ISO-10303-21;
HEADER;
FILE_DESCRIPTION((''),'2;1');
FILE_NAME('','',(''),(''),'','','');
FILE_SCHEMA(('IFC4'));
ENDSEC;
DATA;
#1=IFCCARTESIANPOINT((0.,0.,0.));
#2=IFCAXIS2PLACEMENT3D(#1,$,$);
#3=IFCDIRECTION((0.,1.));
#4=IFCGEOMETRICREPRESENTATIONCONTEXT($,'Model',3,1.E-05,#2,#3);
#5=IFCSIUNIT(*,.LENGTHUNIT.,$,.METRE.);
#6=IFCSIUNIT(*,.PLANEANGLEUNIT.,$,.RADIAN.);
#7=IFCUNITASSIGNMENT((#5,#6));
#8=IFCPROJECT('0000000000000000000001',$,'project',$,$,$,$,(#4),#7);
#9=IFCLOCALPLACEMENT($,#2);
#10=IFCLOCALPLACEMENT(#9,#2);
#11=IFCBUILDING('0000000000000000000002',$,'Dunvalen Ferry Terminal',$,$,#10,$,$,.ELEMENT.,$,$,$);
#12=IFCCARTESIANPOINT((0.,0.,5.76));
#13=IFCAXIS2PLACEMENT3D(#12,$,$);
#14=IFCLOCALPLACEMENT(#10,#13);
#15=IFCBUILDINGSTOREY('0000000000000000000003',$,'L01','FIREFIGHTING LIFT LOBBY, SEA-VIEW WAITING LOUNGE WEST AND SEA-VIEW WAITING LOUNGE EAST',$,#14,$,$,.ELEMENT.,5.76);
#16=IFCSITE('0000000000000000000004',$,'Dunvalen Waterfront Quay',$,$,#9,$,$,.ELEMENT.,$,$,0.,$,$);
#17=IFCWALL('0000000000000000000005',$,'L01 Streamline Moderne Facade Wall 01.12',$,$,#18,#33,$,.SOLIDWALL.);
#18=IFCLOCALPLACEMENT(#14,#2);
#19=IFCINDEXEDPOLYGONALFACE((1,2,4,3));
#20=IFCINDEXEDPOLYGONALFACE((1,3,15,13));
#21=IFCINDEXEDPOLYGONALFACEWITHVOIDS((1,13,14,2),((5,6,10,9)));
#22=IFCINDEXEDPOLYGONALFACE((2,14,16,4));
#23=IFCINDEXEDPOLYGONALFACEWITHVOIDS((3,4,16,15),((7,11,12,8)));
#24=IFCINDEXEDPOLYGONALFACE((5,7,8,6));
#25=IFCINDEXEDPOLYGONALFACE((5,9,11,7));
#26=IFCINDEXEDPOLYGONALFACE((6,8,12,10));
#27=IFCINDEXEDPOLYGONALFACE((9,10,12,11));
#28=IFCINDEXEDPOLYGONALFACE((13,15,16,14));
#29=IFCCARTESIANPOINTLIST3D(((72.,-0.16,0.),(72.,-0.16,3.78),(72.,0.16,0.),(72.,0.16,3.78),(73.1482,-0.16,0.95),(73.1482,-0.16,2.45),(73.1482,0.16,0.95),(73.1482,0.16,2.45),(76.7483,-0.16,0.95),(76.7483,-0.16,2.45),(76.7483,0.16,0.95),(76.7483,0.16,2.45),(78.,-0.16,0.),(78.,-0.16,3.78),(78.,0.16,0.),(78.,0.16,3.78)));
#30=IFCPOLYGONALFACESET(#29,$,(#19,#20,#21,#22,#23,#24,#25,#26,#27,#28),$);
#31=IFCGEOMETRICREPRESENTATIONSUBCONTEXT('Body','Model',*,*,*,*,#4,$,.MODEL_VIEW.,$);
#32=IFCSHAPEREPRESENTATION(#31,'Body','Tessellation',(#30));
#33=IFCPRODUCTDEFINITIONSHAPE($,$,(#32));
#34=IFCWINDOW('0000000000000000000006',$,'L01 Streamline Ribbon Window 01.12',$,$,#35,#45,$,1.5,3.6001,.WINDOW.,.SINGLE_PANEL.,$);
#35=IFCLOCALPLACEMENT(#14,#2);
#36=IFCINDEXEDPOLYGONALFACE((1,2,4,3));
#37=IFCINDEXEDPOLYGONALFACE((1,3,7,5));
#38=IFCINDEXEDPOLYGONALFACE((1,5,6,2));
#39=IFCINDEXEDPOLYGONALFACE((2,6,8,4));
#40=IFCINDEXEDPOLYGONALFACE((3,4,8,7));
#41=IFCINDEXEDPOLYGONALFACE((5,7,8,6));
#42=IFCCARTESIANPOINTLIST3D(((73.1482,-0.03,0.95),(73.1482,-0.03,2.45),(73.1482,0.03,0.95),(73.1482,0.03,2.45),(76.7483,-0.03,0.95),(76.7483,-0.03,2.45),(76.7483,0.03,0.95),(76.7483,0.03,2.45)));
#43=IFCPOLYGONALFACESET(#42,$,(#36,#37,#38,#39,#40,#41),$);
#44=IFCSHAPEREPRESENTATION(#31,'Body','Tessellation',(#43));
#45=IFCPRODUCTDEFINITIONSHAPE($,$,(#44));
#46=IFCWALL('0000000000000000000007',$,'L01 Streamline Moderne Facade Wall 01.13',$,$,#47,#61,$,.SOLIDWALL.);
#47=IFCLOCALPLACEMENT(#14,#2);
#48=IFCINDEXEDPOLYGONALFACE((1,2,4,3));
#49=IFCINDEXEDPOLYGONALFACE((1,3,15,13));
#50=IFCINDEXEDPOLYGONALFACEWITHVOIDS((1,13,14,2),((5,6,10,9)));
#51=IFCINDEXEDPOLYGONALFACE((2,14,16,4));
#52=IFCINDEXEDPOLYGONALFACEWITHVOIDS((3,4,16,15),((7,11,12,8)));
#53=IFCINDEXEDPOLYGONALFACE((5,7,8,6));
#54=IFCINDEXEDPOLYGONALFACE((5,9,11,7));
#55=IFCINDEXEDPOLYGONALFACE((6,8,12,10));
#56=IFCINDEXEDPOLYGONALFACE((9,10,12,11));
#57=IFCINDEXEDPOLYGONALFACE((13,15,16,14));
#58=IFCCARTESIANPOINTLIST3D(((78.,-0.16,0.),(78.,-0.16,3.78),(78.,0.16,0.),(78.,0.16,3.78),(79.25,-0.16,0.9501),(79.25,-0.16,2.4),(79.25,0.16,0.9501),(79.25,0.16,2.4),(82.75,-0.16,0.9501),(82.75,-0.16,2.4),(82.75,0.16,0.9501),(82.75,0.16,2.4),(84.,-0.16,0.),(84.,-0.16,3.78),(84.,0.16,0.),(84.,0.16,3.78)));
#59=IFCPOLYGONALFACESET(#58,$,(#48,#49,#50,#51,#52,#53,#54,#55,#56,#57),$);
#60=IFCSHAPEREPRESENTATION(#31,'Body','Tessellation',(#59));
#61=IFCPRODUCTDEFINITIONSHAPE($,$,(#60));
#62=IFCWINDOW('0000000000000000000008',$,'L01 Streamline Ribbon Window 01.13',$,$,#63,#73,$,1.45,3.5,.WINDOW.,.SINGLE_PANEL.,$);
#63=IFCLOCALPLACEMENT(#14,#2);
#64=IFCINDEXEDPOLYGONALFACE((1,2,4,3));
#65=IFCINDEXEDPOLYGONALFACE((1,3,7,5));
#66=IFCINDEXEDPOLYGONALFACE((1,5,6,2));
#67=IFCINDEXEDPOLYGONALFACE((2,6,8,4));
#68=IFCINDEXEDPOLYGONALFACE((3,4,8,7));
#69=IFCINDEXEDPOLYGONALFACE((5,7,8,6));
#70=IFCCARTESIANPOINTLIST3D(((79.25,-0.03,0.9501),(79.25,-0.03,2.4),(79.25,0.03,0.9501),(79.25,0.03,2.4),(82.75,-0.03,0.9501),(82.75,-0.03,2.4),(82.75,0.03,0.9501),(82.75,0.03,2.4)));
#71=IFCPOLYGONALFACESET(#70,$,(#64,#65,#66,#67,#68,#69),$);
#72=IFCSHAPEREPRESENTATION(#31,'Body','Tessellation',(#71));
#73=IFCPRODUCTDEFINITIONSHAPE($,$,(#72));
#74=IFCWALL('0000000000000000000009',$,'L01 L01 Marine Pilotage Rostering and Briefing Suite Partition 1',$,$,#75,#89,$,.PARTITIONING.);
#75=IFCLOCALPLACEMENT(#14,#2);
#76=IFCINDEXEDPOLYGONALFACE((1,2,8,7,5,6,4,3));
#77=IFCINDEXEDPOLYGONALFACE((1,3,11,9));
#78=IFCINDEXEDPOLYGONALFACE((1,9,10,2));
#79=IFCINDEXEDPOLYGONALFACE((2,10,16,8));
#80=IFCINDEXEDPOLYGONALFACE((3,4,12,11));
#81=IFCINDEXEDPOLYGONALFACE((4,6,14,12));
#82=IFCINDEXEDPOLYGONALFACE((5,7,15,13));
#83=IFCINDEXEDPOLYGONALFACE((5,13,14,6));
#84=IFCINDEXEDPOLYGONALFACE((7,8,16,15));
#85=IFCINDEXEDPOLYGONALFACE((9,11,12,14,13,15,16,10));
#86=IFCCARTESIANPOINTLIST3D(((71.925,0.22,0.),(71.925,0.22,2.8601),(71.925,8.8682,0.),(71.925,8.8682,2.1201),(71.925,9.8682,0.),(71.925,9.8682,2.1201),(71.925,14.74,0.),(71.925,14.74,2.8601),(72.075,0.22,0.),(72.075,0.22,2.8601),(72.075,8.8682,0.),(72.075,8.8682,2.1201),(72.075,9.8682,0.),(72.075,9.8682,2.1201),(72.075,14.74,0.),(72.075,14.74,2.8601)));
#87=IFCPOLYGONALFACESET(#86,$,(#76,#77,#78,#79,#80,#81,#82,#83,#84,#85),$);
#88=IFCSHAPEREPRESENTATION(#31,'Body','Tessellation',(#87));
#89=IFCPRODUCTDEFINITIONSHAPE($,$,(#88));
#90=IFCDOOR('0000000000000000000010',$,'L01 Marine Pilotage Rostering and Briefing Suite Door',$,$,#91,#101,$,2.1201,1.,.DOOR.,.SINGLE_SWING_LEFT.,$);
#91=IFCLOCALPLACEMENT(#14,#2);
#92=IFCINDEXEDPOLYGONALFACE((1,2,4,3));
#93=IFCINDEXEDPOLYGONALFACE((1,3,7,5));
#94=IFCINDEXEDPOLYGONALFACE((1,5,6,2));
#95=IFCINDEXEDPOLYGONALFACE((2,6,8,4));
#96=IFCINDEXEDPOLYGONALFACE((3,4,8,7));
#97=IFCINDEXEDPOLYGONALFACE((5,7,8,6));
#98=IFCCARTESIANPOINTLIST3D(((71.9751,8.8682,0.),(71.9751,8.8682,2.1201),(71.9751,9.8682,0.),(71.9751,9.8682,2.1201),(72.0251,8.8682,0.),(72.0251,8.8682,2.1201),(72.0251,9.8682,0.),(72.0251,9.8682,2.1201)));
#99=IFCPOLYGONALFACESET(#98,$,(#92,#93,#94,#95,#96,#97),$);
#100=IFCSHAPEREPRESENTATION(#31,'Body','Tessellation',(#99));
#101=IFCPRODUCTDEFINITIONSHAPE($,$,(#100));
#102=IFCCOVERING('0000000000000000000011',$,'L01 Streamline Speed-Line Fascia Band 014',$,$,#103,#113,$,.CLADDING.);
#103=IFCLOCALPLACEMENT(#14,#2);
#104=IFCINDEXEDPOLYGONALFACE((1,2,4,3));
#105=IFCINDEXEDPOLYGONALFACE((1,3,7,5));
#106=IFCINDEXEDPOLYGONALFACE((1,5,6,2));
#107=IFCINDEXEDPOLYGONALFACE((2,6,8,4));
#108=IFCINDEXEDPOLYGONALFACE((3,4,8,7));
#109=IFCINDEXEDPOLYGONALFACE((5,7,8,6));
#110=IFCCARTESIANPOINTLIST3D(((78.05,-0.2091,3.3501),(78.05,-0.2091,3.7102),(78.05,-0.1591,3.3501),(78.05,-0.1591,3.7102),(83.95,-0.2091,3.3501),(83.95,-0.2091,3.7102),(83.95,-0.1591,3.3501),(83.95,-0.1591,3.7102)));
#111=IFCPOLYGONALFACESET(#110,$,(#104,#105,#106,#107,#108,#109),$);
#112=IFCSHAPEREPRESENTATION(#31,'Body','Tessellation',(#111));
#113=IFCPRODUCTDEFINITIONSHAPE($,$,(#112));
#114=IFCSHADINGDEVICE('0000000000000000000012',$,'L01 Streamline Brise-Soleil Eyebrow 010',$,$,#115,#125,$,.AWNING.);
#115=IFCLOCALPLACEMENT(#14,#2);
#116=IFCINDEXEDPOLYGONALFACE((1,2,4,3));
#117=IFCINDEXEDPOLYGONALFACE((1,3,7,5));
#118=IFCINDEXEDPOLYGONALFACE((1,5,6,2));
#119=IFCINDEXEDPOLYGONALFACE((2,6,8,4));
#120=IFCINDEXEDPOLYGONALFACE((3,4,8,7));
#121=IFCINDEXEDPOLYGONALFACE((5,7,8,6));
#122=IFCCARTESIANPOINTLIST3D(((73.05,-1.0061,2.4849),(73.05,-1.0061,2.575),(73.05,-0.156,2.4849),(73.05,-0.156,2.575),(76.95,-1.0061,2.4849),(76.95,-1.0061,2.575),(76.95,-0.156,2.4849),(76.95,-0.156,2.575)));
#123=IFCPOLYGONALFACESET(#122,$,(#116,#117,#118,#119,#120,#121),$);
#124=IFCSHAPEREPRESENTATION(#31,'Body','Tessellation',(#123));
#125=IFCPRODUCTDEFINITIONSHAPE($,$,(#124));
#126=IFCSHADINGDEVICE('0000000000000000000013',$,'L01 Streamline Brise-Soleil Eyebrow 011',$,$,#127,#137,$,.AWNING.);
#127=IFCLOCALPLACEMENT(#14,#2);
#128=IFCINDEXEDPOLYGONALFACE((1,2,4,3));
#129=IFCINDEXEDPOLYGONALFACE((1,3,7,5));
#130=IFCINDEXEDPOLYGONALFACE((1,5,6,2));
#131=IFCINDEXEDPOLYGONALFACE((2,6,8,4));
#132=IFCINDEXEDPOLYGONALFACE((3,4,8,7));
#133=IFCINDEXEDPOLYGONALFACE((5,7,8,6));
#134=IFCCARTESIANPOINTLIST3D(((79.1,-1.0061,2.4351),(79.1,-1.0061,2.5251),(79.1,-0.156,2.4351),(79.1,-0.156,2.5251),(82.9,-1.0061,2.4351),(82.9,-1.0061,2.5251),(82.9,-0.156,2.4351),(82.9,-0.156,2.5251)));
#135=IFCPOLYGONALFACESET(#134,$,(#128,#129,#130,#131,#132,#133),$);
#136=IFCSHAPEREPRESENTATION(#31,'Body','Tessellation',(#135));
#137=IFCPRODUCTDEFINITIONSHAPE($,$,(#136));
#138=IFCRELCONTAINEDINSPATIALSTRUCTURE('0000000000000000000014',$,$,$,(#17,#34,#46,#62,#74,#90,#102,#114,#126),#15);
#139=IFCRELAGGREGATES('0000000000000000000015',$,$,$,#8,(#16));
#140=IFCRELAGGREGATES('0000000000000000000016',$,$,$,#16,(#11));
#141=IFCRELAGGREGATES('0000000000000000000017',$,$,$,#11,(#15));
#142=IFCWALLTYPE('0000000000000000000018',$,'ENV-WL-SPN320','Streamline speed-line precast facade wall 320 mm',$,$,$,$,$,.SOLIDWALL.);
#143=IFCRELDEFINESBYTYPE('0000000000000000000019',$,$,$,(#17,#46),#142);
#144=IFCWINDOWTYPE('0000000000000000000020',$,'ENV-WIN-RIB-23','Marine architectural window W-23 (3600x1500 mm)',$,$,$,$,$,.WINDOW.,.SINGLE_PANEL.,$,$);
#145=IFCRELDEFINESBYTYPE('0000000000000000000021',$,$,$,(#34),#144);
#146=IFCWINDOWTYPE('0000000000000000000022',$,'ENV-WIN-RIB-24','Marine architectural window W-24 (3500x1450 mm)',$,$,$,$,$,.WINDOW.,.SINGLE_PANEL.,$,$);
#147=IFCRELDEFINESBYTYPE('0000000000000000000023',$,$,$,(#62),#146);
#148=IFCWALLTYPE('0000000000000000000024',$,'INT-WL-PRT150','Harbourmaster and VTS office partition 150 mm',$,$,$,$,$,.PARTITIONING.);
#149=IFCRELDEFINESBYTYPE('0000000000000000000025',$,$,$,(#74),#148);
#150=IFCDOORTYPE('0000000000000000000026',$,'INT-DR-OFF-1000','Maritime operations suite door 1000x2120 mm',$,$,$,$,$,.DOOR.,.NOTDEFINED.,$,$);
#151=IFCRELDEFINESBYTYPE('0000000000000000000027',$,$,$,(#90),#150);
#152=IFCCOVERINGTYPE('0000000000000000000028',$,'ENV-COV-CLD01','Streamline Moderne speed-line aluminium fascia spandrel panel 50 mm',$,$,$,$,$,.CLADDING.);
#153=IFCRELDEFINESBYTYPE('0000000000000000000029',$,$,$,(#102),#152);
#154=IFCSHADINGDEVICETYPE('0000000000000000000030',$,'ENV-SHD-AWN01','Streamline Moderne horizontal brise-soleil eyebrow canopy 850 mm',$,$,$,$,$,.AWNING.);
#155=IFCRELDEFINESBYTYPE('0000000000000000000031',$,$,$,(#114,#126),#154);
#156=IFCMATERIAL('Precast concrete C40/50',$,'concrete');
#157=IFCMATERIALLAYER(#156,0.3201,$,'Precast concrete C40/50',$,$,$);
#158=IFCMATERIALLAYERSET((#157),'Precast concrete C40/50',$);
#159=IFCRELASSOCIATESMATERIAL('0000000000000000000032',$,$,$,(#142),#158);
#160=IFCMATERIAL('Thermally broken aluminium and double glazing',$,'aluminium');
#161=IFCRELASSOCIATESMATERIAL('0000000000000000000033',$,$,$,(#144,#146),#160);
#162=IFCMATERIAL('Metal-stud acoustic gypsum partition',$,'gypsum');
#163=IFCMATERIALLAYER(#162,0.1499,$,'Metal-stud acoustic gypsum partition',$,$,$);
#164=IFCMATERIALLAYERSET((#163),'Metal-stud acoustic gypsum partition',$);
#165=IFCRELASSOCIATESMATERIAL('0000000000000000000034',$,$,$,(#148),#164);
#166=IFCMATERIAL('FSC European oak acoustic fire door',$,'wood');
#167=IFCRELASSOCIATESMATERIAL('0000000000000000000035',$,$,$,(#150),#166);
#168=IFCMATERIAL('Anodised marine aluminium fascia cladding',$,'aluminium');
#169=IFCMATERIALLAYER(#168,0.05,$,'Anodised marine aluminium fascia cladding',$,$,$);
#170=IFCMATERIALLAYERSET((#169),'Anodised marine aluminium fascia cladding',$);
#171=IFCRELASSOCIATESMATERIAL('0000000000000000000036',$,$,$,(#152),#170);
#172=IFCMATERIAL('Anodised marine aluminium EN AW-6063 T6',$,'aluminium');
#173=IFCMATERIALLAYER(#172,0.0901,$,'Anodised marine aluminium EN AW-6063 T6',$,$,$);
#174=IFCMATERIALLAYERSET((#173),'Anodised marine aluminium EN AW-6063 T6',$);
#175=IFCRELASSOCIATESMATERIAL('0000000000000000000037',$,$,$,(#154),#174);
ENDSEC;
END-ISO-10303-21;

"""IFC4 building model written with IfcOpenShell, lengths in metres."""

from ifc_helpers import new_model, si_unit, direction, frame, frame_2d, origin, origin_2d, place, context, subcontext, project, spatial, rectangle, extrude, material, layer, layer_set, type_object, element, fill, save


model = new_model("IFC4")

# Units and contexts
model_context = context("Model", 3, precision=1e-05, world=origin(), true_north=direction((0.0, 1.0)))
body_context = subcontext(model_context, "Body", "Model", "MODEL_VIEW")
ifc_project = project(units=[si_unit("LENGTHUNIT", "METRE"), si_unit("PLANEANGLEUNIT", "RADIAN")], contexts=[model_context])

# Site, building, storey
site_placement = place(None, origin())
site = spatial("IfcSite", under=ifc_project, at=site_placement, Name="Dunvalen Waterfront Quay", CompositionType="ELEMENT", RefElevation=0.0)
building_placement = place(site_placement, origin())
building = spatial("IfcBuilding", under=site, at=building_placement, Name="Dunvalen Ferry Terminal", CompositionType="ELEMENT")
storey_placement = place(building_placement, frame((0.0, 0.0, 5.76)))
storey = spatial("IfcBuildingStorey", under=building, at=storey_placement, Name="L01", Description="FIREFIGHTING LIFT LOBBY, SEA-VIEW WAITING LOUNGE WEST AND SEA-VIEW WAITING LOUNGE EAST", CompositionType="ELEMENT", Elevation=5.76)

# Walls, openings, windows
ifc_material_1 = material(Name="Precast concrete C40/50", Category="concrete")
ifc_layer_1 = layer(ifc_material_1, 0.3201, Name="Precast concrete C40/50")
ifc_layer_set_1 = layer_set([ifc_layer_1], Name="Precast concrete C40/50")
wall_type_1 = type_object("IfcWallType", Name="ENV-WL-SPN320", Description="Streamline speed-line precast facade wall 320 mm", PredefinedType="SOLIDWALL", material=ifc_layer_set_1)
wall_1_placement = place(storey_placement, frame((72.0, 0.0, 0.0), z_axis=(0.0, 0.0, 1.0), x_axis=(1.0, 0.0, 0.0)))
wall_1 = element("IfcWall", 1, at=wall_1_placement, inside=storey, type_object=wall_type_1, Name="L01 Streamline Moderne Facade Wall 01.12", PredefinedType="SOLIDWALL", context=body_context, shape_type="SweptSolid", body=[
    extrude(rectangle(XDim=6.0, YDim=0.3201, at=frame_2d((3.0, 0.0))), origin(), (0.0, 0.0, 1.0), 3.78),
])
opening_1_placement = place(wall_1_placement, frame((1.1482, 0.0, 0.95)))
opening_1 = element("IfcOpeningElement", 2, at=opening_1_placement, cuts=wall_1, PredefinedType="OPENING", context=body_context, shape_type="SweptSolid", body=[
    extrude(rectangle(XDim=3.6001, YDim=1.5, at=frame_2d((1.8, 0.75))), frame((0.0, 0.1699, 0.0), z_axis=(0.0, -1.0, 0.0), x_axis=(1.0, 0.0, 0.0)), (0.0, 0.0, 1.0), 0.3401),
])
ifc_material_2 = material(Name="Thermally broken aluminium and double glazing", Category="aluminium")
window_type_1 = type_object("IfcWindowType", Name="ENV-WIN-RIB-23", Description="Marine architectural window W-23 (3600x1500 mm)", PartitioningType="SINGLE_PANEL", PredefinedType="WINDOW", material=ifc_material_2)
window_1_placement = place(opening_1_placement, origin())
window_1 = element("IfcWindow", 3, at=window_1_placement, inside=storey, type_object=window_type_1, Name="L01 Streamline Ribbon Window 01.12", OverallHeight=1.5, OverallWidth=3.6001, PartitioningType="SINGLE_PANEL", PredefinedType="WINDOW", context=body_context, shape_type="SweptSolid", body=[
    extrude(rectangle(XDim=3.6001, YDim=1.5, at=frame_2d((1.8, 0.75))), frame((0.0, 0.03, 0.0), z_axis=(0.0, -1.0, 0.0), x_axis=(1.0, 0.0, 0.0)), (0.0, 0.0, 1.0), 0.0601),
])
fill(opening_1, window_1)
wall_2_placement = place(storey_placement, frame((78.0, 0.0, 0.0), z_axis=(0.0, 0.0, 1.0), x_axis=(1.0, 0.0, 0.0)))
wall_2 = element("IfcWall", 4, at=wall_2_placement, inside=storey, type_object=wall_type_1, Name="L01 Streamline Moderne Facade Wall 01.13", PredefinedType="SOLIDWALL", context=body_context, shape_type="SweptSolid", body=[
    extrude(rectangle(XDim=6.0, YDim=0.3201, at=frame_2d((3.0, 0.0))), origin(), (0.0, 0.0, 1.0), 3.78),
])
opening_2_placement = place(wall_2_placement, frame((1.25, 0.0, 0.95)))
opening_2 = element("IfcOpeningElement", 5, at=opening_2_placement, cuts=wall_2, PredefinedType="OPENING", context=body_context, shape_type="SweptSolid", body=[
    extrude(rectangle(XDim=3.5, YDim=1.45, at=frame_2d((1.75, 0.7251))), frame((0.0, 0.1699, 0.0), z_axis=(0.0, -1.0, 0.0), x_axis=(1.0, 0.0, 0.0)), (0.0, 0.0, 1.0), 0.3401),
])
window_type_2 = type_object("IfcWindowType", Name="ENV-WIN-RIB-24", Description="Marine architectural window W-24 (3500x1450 mm)", PartitioningType="SINGLE_PANEL", PredefinedType="WINDOW", material=ifc_material_2)
window_2_placement = place(opening_2_placement, origin())
window_2 = element("IfcWindow", 6, at=window_2_placement, inside=storey, type_object=window_type_2, Name="L01 Streamline Ribbon Window 01.13", OverallHeight=1.45, OverallWidth=3.5, PartitioningType="SINGLE_PANEL", PredefinedType="WINDOW", context=body_context, shape_type="SweptSolid", body=[
    extrude(rectangle(XDim=3.5, YDim=1.45, at=frame_2d((1.75, 0.7251))), frame((0.0, 0.03, 0.0), z_axis=(0.0, -1.0, 0.0), x_axis=(1.0, 0.0, 0.0)), (0.0, 0.0, 1.0), 0.0601),
])
fill(opening_2, window_2)

# Wall, opening, door
ifc_material_3 = material(Name="Metal-stud acoustic gypsum partition", Category="gypsum")
ifc_layer_2 = layer(ifc_material_3, 0.1499, Name="Metal-stud acoustic gypsum partition")
ifc_layer_set_2 = layer_set([ifc_layer_2], Name="Metal-stud acoustic gypsum partition")
wall_type_2 = type_object("IfcWallType", Name="INT-WL-PRT150", Description="Harbourmaster and VTS office partition 150 mm", PredefinedType="PARTITIONING", material=ifc_layer_set_2)
wall_3_placement = place(storey_placement, frame((72.0, 0.22, 0.0), z_axis=(0.0, 0.0, 1.0), x_axis=(0.0, 1.0, 0.0)))
wall_3 = element("IfcWall", 7, at=wall_3_placement, inside=storey, type_object=wall_type_2, Name="L01 L01 Marine Pilotage Rostering and Briefing Suite Partition 1", PredefinedType="PARTITIONING", context=body_context, shape_type="SweptSolid", body=[
    extrude(rectangle(XDim=14.52, YDim=0.1499, at=frame_2d((7.26, 0.0))), origin(), (0.0, 0.0, 1.0), 2.8601),
])
opening_3_placement = place(wall_3_placement, frame((8.6482, 0.0, 0.0)))
opening_3 = element("IfcOpeningElement", 8, at=opening_3_placement, cuts=wall_3, PredefinedType="OPENING", context=body_context, shape_type="SweptSolid", body=[
    extrude(rectangle(XDim=1.0, YDim=2.1201, at=frame_2d((0.5, 1.0601))), frame((0.0, 0.085, 0.0), z_axis=(0.0, -1.0, 0.0), x_axis=(1.0, 0.0, 0.0)), (0.0, 0.0, 1.0), 0.1699),
])
ifc_material_4 = material(Name="FSC European oak acoustic fire door", Category="wood")
door_type = type_object("IfcDoorType", Name="INT-DR-OFF-1000", Description="Maritime operations suite door 1000x2120 mm", OperationType="NOTDEFINED", PredefinedType="DOOR", material=ifc_material_4)
door_placement = place(opening_3_placement, origin())
door = element("IfcDoor", 9, at=door_placement, inside=storey, type_object=door_type, Name="L01 Marine Pilotage Rostering and Briefing Suite Door", OperationType="SINGLE_SWING_LEFT", OverallHeight=2.1201, OverallWidth=1.0, PredefinedType="DOOR", context=body_context, shape_type="SweptSolid", body=[
    extrude(rectangle(XDim=1.0, YDim=2.1201, at=frame_2d((0.5, 1.0601))), frame((0.0, 0.0249, 0.0), z_axis=(0.0, -1.0, 0.0), x_axis=(1.0, 0.0, 0.0)), (0.0, 0.0, 1.0), 0.05),
])
fill(opening_3, door)

# Covering
ifc_material_5 = material(Name="Anodised marine aluminium fascia cladding", Category="aluminium")
ifc_layer_3 = layer(ifc_material_5, 0.05, Name="Anodised marine aluminium fascia cladding")
ifc_layer_set_3 = layer_set([ifc_layer_3], Name="Anodised marine aluminium fascia cladding")
covering_type = type_object("IfcCoveringType", Name="ENV-COV-CLD01", Description="Streamline Moderne speed-line aluminium fascia spandrel panel 50 mm", PredefinedType="CLADDING", material=ifc_layer_set_3)
covering_placement = place(storey_placement, frame((81.0, -0.1841, 3.3501), z_axis=(0.0, 0.0, 1.0), x_axis=(1.0, 0.0, 0.0)))
element("IfcCovering", 10, at=covering_placement, inside=storey, type_object=covering_type, Name="L01 Streamline Speed-Line Fascia Band 014", PredefinedType="CLADDING", context=body_context, shape_type="SweptSolid", body=[
    extrude(rectangle(XDim=5.8999, YDim=0.05, at=origin_2d()), origin(), (0.0, 0.0, 1.0), 0.3601),
])

# Shading devices
ifc_material_6 = material(Name="Anodised marine aluminium EN AW-6063 T6", Category="aluminium")
ifc_layer_4 = layer(ifc_material_6, 0.0901, Name="Anodised marine aluminium EN AW-6063 T6")
ifc_layer_set_4 = layer_set([ifc_layer_4], Name="Anodised marine aluminium EN AW-6063 T6")
shading_device_type = type_object("IfcShadingDeviceType", Name="ENV-SHD-AWN01", Description="Streamline Moderne horizontal brise-soleil eyebrow canopy 850 mm", PredefinedType="AWNING", material=ifc_layer_set_4)
shading_device_1_placement = place(storey_placement, frame((75.0, -0.5811, 2.4849), z_axis=(0.0, 0.0, 1.0), x_axis=(1.0, 0.0, 0.0)))
element("IfcShadingDevice", 11, at=shading_device_1_placement, inside=storey, type_object=shading_device_type, Name="L01 Streamline Brise-Soleil Eyebrow 010", PredefinedType="AWNING", context=body_context, shape_type="SweptSolid", body=[
    extrude(rectangle(XDim=3.8999, YDim=0.8501, at=origin_2d()), origin(), (0.0, 0.0, 1.0), 0.0901),
])
shading_device_2_placement = place(storey_placement, frame((81.0, -0.5811, 2.4351), z_axis=(0.0, 0.0, 1.0), x_axis=(1.0, 0.0, 0.0)))
element("IfcShadingDevice", 12, at=shading_device_2_placement, inside=storey, type_object=shading_device_type, Name="L01 Streamline Brise-Soleil Eyebrow 011", PredefinedType="AWNING", context=body_context, shape_type="SweptSolid", body=[
    extrude(rectangle(XDim=3.8, YDim=0.8501, at=origin_2d()), origin(), (0.0, 0.0, 1.0), 0.0901),
])

save(model, "model.ifc")
